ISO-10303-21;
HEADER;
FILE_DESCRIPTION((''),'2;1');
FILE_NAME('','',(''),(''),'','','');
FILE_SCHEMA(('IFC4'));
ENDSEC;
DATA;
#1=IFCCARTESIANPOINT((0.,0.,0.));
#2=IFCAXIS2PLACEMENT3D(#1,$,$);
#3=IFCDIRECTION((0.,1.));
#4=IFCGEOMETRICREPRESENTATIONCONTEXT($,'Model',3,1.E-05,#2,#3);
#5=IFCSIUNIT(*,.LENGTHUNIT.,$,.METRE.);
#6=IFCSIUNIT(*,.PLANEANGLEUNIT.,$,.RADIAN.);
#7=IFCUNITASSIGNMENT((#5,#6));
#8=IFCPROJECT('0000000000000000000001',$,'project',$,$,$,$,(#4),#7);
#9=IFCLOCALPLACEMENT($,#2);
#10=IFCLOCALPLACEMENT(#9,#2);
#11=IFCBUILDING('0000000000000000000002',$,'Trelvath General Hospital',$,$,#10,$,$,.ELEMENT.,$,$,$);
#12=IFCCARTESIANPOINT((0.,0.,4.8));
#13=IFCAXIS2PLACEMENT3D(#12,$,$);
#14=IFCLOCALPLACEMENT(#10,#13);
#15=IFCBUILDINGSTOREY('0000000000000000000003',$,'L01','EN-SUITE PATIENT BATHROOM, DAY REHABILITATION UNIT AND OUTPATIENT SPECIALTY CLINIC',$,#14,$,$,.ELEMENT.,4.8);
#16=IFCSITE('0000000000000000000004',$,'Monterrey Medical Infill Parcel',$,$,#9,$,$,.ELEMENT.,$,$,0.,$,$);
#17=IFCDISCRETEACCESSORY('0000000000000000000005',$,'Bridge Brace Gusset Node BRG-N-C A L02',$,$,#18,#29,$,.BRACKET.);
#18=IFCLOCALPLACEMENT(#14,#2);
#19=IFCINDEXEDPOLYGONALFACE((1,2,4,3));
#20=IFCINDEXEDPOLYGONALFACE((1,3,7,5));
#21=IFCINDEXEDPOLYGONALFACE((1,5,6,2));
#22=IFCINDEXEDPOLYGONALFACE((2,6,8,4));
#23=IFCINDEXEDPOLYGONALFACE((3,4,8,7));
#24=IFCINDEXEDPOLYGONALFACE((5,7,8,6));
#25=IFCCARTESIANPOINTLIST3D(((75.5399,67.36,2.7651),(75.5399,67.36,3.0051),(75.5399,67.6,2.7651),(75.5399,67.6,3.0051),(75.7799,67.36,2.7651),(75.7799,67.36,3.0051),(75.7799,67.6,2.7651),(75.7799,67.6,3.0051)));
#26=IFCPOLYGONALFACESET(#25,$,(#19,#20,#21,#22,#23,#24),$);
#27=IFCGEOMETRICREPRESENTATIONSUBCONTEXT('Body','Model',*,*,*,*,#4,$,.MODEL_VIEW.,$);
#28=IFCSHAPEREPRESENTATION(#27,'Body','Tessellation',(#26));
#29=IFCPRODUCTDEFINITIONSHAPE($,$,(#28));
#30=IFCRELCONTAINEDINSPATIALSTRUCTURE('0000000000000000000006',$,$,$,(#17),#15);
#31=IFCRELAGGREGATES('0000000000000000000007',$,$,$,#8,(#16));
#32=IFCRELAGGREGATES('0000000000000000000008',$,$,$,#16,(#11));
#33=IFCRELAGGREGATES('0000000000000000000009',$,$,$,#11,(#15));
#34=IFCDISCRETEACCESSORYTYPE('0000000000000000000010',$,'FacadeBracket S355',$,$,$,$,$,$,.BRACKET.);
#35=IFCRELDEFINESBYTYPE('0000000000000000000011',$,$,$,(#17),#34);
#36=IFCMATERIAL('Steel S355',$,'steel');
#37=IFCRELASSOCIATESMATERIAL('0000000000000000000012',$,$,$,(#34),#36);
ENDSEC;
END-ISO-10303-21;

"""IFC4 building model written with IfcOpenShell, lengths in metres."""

from ifc_helpers import new_model, si_unit, direction, frame, origin, origin_2d, place, context, subcontext, project, spatial, rectangle, extrude, material, type_object, element, save


model = new_model("IFC4")

# Units and contexts
model_context = context("Model", 3, precision=1e-05, world=origin(), true_north=direction((0.0, 1.0)))
body_context = subcontext(model_context, "Body", "Model", "MODEL_VIEW")
ifc_project = project(units=[si_unit("LENGTHUNIT", "METRE"), si_unit("PLANEANGLEUNIT", "RADIAN")], contexts=[model_context])

# Site, building, storey
site_placement = place(None, origin())
site = spatial("IfcSite", under=ifc_project, at=site_placement, Name="Monterrey Medical Infill Parcel", CompositionType="ELEMENT", RefElevation=0.0)
building_placement = place(site_placement, origin())
building = spatial("IfcBuilding", under=site, at=building_placement, Name="Trelvath General Hospital", CompositionType="ELEMENT")
storey_placement = place(building_placement, frame((0.0, 0.0, 4.8)))
storey = spatial("IfcBuildingStorey", under=building, at=storey_placement, Name="L01", Description="EN-SUITE PATIENT BATHROOM, DAY REHABILITATION UNIT AND OUTPATIENT SPECIALTY CLINIC", CompositionType="ELEMENT", Elevation=4.8)

# Discrete accessory
ifc_material_1 = material(Name="Steel S355", Category="steel")
discrete_accessory_type = type_object("IfcDiscreteAccessoryType", Name="FacadeBracket S355", PredefinedType="BRACKET", material=ifc_material_1)
discrete_accessory_placement = place(storey_placement, frame((75.6599, 67.48, 2.7651), z_axis=(0.0, 0.0, 1.0), x_axis=(1.0, 0.0, 0.0)))
element("IfcDiscreteAccessory", 1, at=discrete_accessory_placement, inside=storey, type_object=discrete_accessory_type, Name="Bridge Brace Gusset Node BRG-N-C A L02", PredefinedType="BRACKET", context=body_context, shape_type="SweptSolid", body=[
    extrude(rectangle(XDim=0.24, YDim=0.24, at=origin_2d()), origin(), (0.0, 0.0, 1.0), 0.24),
])

save(model, "model.ifc")
